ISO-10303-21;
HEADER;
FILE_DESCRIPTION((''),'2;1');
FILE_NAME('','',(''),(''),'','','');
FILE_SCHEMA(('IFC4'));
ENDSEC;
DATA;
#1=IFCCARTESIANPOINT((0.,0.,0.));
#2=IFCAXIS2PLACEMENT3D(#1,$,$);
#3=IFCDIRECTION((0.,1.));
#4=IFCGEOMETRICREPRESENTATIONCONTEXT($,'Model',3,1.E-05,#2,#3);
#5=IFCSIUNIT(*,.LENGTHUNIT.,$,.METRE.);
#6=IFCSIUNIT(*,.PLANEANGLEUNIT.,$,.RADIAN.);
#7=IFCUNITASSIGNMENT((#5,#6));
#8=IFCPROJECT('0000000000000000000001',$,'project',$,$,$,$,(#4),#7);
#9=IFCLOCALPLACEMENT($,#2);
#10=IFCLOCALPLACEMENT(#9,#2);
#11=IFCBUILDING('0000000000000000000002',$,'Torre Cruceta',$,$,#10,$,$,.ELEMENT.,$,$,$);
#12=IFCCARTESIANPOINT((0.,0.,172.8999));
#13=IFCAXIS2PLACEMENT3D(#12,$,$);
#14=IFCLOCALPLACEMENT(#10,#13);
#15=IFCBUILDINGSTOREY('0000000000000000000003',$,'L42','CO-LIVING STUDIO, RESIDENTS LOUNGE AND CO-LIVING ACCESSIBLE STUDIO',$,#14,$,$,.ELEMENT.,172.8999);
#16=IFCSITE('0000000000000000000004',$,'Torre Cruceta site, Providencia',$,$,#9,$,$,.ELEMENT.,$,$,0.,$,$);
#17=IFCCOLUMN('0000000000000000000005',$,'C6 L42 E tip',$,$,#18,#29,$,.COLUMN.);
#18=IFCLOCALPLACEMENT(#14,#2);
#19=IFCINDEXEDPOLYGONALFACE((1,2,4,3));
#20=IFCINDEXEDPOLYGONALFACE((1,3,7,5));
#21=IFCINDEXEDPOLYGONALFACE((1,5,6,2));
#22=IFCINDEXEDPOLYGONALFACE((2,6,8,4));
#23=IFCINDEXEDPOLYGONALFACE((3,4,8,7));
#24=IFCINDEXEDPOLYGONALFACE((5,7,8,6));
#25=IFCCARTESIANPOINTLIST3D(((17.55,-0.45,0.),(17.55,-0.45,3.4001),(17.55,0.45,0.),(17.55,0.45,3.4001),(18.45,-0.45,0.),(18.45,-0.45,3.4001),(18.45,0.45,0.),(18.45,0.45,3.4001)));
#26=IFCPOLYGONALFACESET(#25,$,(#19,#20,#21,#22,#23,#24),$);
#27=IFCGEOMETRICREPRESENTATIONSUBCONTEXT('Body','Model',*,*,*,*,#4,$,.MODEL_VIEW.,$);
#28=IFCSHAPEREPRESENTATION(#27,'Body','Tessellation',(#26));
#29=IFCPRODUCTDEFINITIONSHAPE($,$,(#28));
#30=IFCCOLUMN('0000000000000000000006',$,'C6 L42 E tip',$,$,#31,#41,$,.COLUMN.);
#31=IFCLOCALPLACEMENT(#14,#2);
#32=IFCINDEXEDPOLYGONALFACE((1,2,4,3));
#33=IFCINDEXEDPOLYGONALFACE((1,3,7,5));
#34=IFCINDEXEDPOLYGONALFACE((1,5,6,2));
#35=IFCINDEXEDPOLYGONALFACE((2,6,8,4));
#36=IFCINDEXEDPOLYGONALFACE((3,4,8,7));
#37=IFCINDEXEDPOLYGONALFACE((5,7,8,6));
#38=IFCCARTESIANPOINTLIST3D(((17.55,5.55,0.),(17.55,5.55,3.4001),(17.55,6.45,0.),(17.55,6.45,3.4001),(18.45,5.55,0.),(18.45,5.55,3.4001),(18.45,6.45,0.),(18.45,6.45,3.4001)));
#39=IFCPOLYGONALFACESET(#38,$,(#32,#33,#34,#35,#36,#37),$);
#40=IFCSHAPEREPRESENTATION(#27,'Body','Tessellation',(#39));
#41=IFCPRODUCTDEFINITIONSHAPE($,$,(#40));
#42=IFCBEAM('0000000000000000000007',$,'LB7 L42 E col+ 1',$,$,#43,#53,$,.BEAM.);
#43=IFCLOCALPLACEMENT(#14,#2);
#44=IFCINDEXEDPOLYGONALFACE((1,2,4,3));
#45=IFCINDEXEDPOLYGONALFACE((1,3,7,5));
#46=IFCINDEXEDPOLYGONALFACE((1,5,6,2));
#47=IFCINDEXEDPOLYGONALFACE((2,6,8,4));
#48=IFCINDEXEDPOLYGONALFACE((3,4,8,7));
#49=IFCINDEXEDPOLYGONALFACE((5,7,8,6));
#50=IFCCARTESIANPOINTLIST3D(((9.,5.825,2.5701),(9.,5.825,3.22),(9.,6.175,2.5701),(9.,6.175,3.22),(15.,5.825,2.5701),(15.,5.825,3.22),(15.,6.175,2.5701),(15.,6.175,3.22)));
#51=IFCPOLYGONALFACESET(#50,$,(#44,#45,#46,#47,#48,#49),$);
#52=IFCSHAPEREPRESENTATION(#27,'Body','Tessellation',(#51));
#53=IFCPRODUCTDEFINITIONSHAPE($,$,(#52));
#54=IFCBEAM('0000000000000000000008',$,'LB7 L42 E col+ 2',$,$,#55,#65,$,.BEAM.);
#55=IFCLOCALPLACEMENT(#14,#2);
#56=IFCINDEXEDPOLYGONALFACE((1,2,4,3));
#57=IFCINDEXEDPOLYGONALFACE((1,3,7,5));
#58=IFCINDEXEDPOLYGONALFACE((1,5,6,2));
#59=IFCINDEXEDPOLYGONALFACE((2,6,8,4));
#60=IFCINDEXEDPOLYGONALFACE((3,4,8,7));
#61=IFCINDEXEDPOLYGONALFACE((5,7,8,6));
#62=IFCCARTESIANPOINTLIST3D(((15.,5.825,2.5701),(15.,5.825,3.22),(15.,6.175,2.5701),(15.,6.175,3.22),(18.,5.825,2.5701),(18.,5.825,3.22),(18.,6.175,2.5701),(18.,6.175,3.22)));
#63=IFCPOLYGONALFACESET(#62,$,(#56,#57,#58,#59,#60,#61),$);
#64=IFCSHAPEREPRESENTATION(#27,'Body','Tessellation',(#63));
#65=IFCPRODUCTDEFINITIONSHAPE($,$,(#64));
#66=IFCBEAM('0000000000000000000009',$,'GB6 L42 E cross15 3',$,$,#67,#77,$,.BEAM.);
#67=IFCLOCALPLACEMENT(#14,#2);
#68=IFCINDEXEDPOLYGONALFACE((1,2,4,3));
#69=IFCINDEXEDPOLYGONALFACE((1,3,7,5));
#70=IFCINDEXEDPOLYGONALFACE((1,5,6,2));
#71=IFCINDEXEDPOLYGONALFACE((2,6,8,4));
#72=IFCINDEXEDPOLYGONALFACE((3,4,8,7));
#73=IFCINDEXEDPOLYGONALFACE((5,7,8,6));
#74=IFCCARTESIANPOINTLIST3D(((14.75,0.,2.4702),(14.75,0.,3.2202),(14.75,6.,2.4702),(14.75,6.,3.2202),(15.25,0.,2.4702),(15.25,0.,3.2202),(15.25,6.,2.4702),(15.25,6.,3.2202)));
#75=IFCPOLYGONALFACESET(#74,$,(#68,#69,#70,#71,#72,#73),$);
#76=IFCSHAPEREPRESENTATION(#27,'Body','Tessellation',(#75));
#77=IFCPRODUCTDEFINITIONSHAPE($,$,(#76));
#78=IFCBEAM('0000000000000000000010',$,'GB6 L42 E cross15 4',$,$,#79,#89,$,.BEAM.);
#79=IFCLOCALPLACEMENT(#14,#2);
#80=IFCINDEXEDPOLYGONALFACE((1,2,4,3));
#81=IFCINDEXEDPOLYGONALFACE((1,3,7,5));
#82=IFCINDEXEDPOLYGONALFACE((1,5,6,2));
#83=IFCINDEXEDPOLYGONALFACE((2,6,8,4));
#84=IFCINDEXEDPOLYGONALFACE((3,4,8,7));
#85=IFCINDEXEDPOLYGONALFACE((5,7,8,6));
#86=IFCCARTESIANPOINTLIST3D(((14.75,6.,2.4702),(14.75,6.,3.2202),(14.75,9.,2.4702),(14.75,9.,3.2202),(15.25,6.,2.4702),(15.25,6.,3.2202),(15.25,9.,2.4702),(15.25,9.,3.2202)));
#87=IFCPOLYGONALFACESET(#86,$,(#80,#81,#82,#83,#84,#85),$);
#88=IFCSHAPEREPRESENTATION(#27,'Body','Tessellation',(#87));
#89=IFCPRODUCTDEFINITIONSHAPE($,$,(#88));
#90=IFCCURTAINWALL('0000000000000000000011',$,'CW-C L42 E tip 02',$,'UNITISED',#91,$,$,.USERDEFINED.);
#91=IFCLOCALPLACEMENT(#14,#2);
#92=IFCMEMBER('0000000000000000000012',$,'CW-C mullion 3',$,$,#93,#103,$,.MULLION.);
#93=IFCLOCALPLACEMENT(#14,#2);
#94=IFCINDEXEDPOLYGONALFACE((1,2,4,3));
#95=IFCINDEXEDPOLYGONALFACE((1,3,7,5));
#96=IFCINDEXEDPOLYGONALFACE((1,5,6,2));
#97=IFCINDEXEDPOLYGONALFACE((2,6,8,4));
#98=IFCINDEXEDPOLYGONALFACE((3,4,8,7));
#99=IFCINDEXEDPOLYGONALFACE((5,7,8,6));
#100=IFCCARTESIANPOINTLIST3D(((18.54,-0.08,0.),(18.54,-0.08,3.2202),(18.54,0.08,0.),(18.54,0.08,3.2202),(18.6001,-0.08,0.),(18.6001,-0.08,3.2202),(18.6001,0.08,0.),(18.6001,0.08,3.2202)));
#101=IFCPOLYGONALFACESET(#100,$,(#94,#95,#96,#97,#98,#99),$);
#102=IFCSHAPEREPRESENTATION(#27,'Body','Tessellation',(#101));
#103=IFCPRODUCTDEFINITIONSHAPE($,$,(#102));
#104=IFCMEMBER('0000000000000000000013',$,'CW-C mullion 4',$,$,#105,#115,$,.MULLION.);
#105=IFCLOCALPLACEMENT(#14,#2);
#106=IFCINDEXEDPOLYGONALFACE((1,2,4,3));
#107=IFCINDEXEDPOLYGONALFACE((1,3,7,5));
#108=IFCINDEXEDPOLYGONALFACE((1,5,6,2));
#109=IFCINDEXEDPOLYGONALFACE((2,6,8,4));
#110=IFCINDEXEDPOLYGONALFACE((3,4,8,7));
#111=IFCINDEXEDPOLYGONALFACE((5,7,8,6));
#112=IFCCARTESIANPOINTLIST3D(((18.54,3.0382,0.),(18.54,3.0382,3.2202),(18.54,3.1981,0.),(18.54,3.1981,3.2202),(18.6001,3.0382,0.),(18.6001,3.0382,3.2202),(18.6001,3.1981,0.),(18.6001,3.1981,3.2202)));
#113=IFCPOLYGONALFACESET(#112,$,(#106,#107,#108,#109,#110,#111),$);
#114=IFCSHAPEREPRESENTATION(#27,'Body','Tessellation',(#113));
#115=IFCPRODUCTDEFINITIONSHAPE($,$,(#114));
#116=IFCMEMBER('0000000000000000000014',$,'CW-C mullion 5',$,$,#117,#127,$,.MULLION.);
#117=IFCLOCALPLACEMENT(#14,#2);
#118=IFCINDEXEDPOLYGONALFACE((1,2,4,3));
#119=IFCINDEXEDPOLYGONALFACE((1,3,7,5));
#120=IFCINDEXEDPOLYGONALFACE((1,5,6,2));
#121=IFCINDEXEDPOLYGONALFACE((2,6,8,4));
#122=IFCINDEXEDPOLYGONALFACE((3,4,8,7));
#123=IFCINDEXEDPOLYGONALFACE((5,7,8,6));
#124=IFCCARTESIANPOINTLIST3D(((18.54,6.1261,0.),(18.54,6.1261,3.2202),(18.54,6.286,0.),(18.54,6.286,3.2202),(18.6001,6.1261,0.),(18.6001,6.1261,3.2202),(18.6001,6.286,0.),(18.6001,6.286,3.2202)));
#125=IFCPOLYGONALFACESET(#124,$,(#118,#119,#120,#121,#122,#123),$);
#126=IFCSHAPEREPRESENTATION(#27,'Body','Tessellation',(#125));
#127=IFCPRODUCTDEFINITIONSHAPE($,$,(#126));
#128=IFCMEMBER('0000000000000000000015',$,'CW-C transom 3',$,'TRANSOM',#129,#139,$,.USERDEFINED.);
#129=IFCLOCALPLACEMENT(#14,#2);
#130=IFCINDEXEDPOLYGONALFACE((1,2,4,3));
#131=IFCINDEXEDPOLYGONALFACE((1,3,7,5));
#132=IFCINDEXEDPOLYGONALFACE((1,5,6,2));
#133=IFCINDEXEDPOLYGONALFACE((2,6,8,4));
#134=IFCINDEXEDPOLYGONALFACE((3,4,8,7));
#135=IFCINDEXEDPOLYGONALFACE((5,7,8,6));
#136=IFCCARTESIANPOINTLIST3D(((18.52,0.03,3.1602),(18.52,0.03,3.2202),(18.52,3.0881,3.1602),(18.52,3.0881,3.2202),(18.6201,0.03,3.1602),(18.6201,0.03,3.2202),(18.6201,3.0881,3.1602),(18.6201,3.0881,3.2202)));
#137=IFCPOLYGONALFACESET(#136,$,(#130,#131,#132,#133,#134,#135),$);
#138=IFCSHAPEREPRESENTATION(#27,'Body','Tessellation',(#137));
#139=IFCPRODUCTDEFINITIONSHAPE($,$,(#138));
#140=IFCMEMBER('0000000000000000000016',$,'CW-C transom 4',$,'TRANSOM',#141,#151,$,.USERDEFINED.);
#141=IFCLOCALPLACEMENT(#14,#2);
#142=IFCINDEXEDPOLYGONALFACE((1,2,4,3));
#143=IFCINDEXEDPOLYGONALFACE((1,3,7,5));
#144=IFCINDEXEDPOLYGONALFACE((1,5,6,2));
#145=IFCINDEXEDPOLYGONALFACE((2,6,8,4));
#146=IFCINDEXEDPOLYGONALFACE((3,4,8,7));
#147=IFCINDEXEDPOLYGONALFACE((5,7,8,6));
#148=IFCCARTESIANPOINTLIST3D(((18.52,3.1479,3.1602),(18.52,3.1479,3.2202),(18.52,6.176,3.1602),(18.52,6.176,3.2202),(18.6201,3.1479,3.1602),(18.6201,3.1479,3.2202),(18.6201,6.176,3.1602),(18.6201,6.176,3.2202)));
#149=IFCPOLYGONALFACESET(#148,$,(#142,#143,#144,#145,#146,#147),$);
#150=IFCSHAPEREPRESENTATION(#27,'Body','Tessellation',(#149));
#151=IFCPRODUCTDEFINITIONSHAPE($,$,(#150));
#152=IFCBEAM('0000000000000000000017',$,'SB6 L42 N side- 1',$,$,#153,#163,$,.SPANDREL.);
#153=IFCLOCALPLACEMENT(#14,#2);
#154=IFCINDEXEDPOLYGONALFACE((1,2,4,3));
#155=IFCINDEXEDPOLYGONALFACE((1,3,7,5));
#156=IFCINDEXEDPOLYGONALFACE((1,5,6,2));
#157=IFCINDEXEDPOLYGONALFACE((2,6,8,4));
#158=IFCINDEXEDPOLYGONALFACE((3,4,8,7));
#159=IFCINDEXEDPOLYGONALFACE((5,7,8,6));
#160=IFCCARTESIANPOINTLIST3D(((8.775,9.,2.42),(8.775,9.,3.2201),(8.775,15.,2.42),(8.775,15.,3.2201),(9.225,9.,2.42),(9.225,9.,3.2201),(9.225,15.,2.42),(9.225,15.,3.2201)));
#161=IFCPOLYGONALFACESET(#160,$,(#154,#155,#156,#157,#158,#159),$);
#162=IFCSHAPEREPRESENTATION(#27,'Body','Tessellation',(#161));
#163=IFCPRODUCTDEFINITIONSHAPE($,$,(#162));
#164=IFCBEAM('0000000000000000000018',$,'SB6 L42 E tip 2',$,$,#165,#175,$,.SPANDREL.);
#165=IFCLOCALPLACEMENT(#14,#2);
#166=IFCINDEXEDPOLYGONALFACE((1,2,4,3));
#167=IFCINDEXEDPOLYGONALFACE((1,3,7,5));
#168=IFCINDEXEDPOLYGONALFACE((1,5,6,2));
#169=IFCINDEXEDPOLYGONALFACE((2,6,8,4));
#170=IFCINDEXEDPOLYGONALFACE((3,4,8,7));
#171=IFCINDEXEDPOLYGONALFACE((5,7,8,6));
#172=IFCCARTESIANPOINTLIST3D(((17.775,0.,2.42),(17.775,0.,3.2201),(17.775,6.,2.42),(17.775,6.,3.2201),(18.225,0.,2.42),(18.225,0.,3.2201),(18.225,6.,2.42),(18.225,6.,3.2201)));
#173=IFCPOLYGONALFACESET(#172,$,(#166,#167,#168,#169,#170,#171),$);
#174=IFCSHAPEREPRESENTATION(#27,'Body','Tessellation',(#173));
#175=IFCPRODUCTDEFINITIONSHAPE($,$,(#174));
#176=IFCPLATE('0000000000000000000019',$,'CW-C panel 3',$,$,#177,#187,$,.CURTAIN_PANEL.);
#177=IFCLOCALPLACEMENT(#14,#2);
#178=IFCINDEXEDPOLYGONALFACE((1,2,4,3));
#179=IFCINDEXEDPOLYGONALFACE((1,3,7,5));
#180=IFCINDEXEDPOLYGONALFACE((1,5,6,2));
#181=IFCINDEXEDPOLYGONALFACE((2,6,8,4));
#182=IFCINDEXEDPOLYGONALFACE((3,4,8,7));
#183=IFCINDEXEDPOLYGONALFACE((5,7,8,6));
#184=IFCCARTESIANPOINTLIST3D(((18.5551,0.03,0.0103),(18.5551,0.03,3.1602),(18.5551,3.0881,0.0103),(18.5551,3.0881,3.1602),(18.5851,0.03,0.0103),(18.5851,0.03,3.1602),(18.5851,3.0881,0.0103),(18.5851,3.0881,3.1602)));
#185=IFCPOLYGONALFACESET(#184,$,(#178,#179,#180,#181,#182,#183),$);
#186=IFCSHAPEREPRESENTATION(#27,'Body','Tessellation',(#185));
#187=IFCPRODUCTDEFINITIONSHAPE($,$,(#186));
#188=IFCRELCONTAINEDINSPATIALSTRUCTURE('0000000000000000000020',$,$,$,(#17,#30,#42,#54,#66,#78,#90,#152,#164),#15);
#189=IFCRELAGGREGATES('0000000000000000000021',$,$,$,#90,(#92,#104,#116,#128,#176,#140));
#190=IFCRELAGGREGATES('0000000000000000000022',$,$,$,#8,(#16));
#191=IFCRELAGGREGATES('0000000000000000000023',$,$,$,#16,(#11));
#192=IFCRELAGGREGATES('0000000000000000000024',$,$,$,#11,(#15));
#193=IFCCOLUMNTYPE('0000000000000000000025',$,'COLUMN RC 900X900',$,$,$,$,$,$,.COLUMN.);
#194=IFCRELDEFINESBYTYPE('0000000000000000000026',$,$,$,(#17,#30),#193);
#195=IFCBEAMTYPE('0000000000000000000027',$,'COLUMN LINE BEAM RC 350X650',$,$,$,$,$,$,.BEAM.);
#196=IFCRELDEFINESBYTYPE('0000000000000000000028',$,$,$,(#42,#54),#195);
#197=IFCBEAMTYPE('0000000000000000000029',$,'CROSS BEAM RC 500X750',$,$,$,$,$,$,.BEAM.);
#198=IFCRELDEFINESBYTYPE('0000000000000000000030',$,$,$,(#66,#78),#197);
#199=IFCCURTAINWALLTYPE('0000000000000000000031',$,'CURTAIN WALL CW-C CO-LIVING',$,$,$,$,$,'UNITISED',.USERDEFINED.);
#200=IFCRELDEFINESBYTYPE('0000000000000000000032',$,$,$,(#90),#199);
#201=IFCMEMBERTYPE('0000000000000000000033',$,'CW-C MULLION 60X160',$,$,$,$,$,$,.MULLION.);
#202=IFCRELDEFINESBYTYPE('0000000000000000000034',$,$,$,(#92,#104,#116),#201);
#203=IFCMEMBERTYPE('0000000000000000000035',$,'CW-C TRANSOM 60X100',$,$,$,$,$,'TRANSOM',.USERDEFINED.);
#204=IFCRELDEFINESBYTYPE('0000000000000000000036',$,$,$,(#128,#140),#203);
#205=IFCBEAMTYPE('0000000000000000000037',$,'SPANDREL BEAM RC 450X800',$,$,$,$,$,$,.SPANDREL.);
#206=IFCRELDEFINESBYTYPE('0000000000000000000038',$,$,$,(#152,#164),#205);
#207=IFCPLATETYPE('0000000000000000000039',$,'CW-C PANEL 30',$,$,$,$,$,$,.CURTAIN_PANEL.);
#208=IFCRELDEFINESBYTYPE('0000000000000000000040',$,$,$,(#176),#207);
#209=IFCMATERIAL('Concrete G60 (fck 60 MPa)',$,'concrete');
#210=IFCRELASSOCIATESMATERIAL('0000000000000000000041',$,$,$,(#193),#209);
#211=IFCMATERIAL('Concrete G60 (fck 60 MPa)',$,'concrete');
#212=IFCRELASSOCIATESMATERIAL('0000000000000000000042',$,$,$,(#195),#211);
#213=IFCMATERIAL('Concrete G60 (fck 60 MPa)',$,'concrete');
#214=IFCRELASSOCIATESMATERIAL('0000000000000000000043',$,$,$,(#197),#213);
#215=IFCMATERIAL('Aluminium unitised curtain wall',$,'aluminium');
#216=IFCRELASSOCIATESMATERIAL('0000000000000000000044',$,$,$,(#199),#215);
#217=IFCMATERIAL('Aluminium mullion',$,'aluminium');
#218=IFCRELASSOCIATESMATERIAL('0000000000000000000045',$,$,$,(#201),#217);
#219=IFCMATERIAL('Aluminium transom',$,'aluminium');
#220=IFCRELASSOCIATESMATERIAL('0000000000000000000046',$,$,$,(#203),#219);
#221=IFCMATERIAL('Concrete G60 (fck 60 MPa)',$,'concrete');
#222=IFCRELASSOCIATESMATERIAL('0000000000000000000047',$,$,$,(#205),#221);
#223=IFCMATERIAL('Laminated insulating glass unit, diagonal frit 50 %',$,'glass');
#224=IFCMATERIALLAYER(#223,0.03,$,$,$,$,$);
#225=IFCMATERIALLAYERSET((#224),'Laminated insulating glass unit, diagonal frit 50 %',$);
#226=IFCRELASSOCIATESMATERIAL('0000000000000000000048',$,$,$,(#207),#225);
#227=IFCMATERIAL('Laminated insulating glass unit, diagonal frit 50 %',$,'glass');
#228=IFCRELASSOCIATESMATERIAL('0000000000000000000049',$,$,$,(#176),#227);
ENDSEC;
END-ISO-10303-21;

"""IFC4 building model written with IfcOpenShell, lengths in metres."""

from ifc_helpers import new_model, si_unit, direction, frame, origin, origin_2d, place, context, subcontext, project, spatial, rectangle, extrude, material, layer, layer_set, material_profile, profile_set, type_object, element, aggregate, save


model = new_model("IFC4")

# Units and contexts
model_context = context("Model", 3, precision=1e-05, world=origin(), true_north=direction((0.0, 1.0)))
body_context = subcontext(model_context, "Body", "Model", "MODEL_VIEW")
ifc_project = project(units=[si_unit("LENGTHUNIT", "METRE"), si_unit("PLANEANGLEUNIT", "RADIAN")], contexts=[model_context])

# Site, building, storey
site_placement = place(None, origin())
site = spatial("IfcSite", under=ifc_project, at=site_placement, Name="Torre Cruceta site, Providencia", CompositionType="ELEMENT", RefElevation=0.0)
building_placement = place(site_placement, origin())
building = spatial("IfcBuilding", under=site, at=building_placement, Name="Torre Cruceta", CompositionType="ELEMENT")
storey_placement = place(building_placement, frame((0.0, 0.0, 172.8999)))
storey = spatial("IfcBuildingStorey", under=building, at=storey_placement, Name="L42", Description="CO-LIVING STUDIO, RESIDENTS LOUNGE AND CO-LIVING ACCESSIBLE STUDIO", CompositionType="ELEMENT", Elevation=172.8999)

# Columns
ifc_material_1 = material(Name="Concrete G60 (fck 60 MPa)", Category="concrete")
ifc_material_profile_1 = material_profile(ifc_material_1, rectangle(XDim=0.8999, YDim=0.8999, at=origin_2d()), Name="RC 900X900")
ifc_profile_set_1 = profile_set([ifc_material_profile_1], Name="Concrete G60 (fck 60 MPa)")
column_type = type_object("IfcColumnType", Name="COLUMN RC 900X900", PredefinedType="COLUMN", material=ifc_profile_set_1)
for number, where, z_axis, x_axis, name in (
    (1, (18.0, 0.0, 0.0), (0.0, 0.0, 1.0), (1.0, 0.0, 0.0), "C6 L42 E tip"),
    (2, (18.0, 6.0, 0.0), (0.0, 0.0, 1.0), (1.0, 0.0, 0.0), "C6 L42 E tip"),
):
    element("IfcColumn", number, at=place(storey_placement, frame(where, z_axis=z_axis, x_axis=x_axis)), inside=storey, type_object=column_type, Name=name, PredefinedType="COLUMN", context=body_context, shape_type="SweptSolid", body=[
        extrude(rectangle(XDim=0.8999, YDim=0.8999, at=origin_2d()), origin(), (0.0, 0.0, 1.0), 3.4001),
    ])

# Beams
ifc_material_2 = material(Name="Concrete G60 (fck 60 MPa)", Category="concrete")
ifc_material_profile_2 = material_profile(ifc_material_2, rectangle(XDim=0.3501, YDim=0.6499, at=origin_2d()), Name="RC 350X650")
ifc_profile_set_2 = profile_set([ifc_material_profile_2], Name="Concrete G60 (fck 60 MPa)")
beam_type_1 = type_object("IfcBeamType", Name="COLUMN LINE BEAM RC 350X650", PredefinedType="BEAM", material=ifc_profile_set_2)
beam_1_placement = place(storey_placement, frame((9.0, 6.0, 2.895), z_axis=(1.0, 0.0, 0.0), x_axis=(0.0, 1.0, 0.0)))
element("IfcBeam", 3, at=beam_1_placement, inside=storey, type_object=beam_type_1, Name="LB7 L42 E col+ 1", PredefinedType="BEAM", context=body_context, shape_type="SweptSolid", body=[
    extrude(rectangle(XDim=0.3501, YDim=0.6499, at=origin_2d()), origin(), (0.0, 0.0, 1.0), 6.0),
])
beam_2_placement = place(storey_placement, frame((15.0, 6.0, 2.895), z_axis=(1.0, 0.0, 0.0), x_axis=(0.0, 1.0, 0.0)))
element("IfcBeam", 4, at=beam_2_placement, inside=storey, type_object=beam_type_1, Name="LB7 L42 E col+ 2", PredefinedType="BEAM", context=body_context, shape_type="SweptSolid", body=[
    extrude(rectangle(XDim=0.3501, YDim=0.6499, at=origin_2d()), origin(), (0.0, 0.0, 1.0), 3.0),
])
ifc_material_3 = material(Name="Concrete G60 (fck 60 MPa)", Category="concrete")
ifc_material_profile_3 = material_profile(ifc_material_3, rectangle(XDim=0.5, YDim=0.75, at=origin_2d()), Name="RC 500X750")
ifc_profile_set_3 = profile_set([ifc_material_profile_3], Name="Concrete G60 (fck 60 MPa)")
beam_type_2 = type_object("IfcBeamType", Name="CROSS BEAM RC 500X750", PredefinedType="BEAM", material=ifc_profile_set_3)
beam_3_placement = place(storey_placement, frame((15.0, 0.0, 2.8452), z_axis=(0.0, 1.0, 0.0), x_axis=(-1.0, 0.0, 0.0)))
element("IfcBeam", 5, at=beam_3_placement, inside=storey, type_object=beam_type_2, Name="GB6 L42 E cross15 3", PredefinedType="BEAM", context=body_context, shape_type="SweptSolid", body=[
    extrude(rectangle(XDim=0.5, YDim=0.75, at=origin_2d()), origin(), (0.0, 0.0, 1.0), 6.0),
])
beam_4_placement = place(storey_placement, frame((15.0, 6.0, 2.8452), z_axis=(0.0, 1.0, 0.0), x_axis=(-1.0, 0.0, 0.0)))
element("IfcBeam", 6, at=beam_4_placement, inside=storey, type_object=beam_type_2, Name="GB6 L42 E cross15 4", PredefinedType="BEAM", context=body_context, shape_type="SweptSolid", body=[
    extrude(rectangle(XDim=0.5, YDim=0.75, at=origin_2d()), origin(), (0.0, 0.0, 1.0), 3.0),
])

# Curtain wall, members
ifc_material_4 = material(Name="Aluminium unitised curtain wall", Category="aluminium")
curtain_wall_type = type_object("IfcCurtainWallType", Name="CURTAIN WALL CW-C CO-LIVING", ElementType="UNITISED", PredefinedType="USERDEFINED", material=ifc_material_4)
curtain_wall_placement = place(storey_placement, origin())
curtain_wall = element("IfcCurtainWall", 7, at=curtain_wall_placement, inside=storey, type_object=curtain_wall_type, Name="CW-C L42 E tip 02", ObjectType="UNITISED", PredefinedType="USERDEFINED")
ifc_material_5 = material(Name="Aluminium mullion", Category="aluminium")
ifc_material_profile_4 = material_profile(ifc_material_5, rectangle(XDim=0.0601, YDim=0.1599, at=origin_2d()), Name="AL 60X160")
ifc_profile_set_4 = profile_set([ifc_material_profile_4], Name="Aluminium mullion")
member_type_1 = type_object("IfcMemberType", Name="CW-C MULLION 60X160", PredefinedType="MULLION", material=ifc_profile_set_4)
member_1_placement = place(storey_placement, frame((18.5701, 0.0, 0.0), z_axis=(0.0, 0.0, 1.0), x_axis=(-1.0, 0.0, 0.0)))
member_1 = element("IfcMember", 8, at=member_1_placement, type_object=member_type_1, Name="CW-C mullion 3", PredefinedType="MULLION", context=body_context, shape_type="SweptSolid", body=[
    extrude(rectangle(XDim=0.0601, YDim=0.1599, at=origin_2d()), origin(), (0.0, 0.0, 1.0), 3.2202),
])
member_2_placement = place(storey_placement, frame((18.5701, 3.1182, 0.0), z_axis=(0.0, 0.0, 1.0), x_axis=(-1.0, 0.0, 0.0)))
member_2 = element("IfcMember", 9, at=member_2_placement, type_object=member_type_1, Name="CW-C mullion 4", PredefinedType="MULLION", context=body_context, shape_type="SweptSolid", body=[
    extrude(rectangle(XDim=0.0601, YDim=0.1599, at=origin_2d()), origin(), (0.0, 0.0, 1.0), 3.2202),
])
member_3_placement = place(storey_placement, frame((18.5701, 6.2061, 0.0), z_axis=(0.0, 0.0, 1.0), x_axis=(-1.0, 0.0, 0.0)))
member_3 = element("IfcMember", 10, at=member_3_placement, type_object=member_type_1, Name="CW-C mullion 5", PredefinedType="MULLION", context=body_context, shape_type="SweptSolid", body=[
    extrude(rectangle(XDim=0.0601, YDim=0.1599, at=origin_2d()), origin(), (0.0, 0.0, 1.0), 3.2202),
])
ifc_material_6 = material(Name="Aluminium transom", Category="aluminium")
ifc_material_profile_5 = material_profile(ifc_material_6, rectangle(XDim=0.1001, YDim=0.0601, at=origin_2d()), Name="AL 100X60")
ifc_profile_set_5 = profile_set([ifc_material_profile_5], Name="Aluminium transom")
member_type_2 = type_object("IfcMemberType", Name="CW-C TRANSOM 60X100", ElementType="TRANSOM", PredefinedType="USERDEFINED", material=ifc_profile_set_5)
member_4_placement = place(storey_placement, frame((18.5701, 0.03, 3.1902), z_axis=(0.0, 1.0, 0.0), x_axis=(-1.0, 0.0, 0.0)))
member_4 = element("IfcMember", 11, at=member_4_placement, type_object=member_type_2, Name="CW-C transom 3", ObjectType="TRANSOM", PredefinedType="USERDEFINED", context=body_context, shape_type="SweptSolid", body=[
    extrude(rectangle(XDim=0.1001, YDim=0.0601, at=origin_2d()), origin(), (0.0, 0.0, 1.0), 3.0581),
])
member_5_placement = place(storey_placement, frame((18.5701, 3.1479, 3.1902), z_axis=(0.0, 1.0, 0.0), x_axis=(-1.0, 0.0, 0.0)))
member_5 = element("IfcMember", 12, at=member_5_placement, type_object=member_type_2, Name="CW-C transom 4", ObjectType="TRANSOM", PredefinedType="USERDEFINED", context=body_context, shape_type="SweptSolid", body=[
    extrude(rectangle(XDim=0.1001, YDim=0.0601, at=origin_2d()), origin(), (0.0, 0.0, 1.0), 3.0281),
])

# Beams
ifc_material_7 = material(Name="Concrete G60 (fck 60 MPa)", Category="concrete")
ifc_material_profile_6 = material_profile(ifc_material_7, rectangle(XDim=0.45, YDim=0.8, at=origin_2d()), Name="RC 450X800")
ifc_profile_set_6 = profile_set([ifc_material_profile_6], Name="Concrete G60 (fck 60 MPa)")
beam_type_3 = type_object("IfcBeamType", Name="SPANDREL BEAM RC 450X800", PredefinedType="SPANDREL", material=ifc_profile_set_6)
for number, where, z_axis, x_axis, name in (
    (13, (9.0, 9.0, 2.8201), (0.0, 1.0, 0.0), (-1.0, 0.0, 0.0), "SB6 L42 N side- 1"),
    (14, (18.0, 0.0, 2.8201), (0.0, 1.0, 0.0), (-1.0, 0.0, 0.0), "SB6 L42 E tip 2"),
):
    element("IfcBeam", number, at=place(storey_placement, frame(where, z_axis=z_axis, x_axis=x_axis)), inside=storey, type_object=beam_type_3, Name=name, PredefinedType="SPANDREL", context=body_context, shape_type="SweptSolid", body=[
        extrude(rectangle(XDim=0.45, YDim=0.8, at=origin_2d()), origin(), (0.0, 0.0, 1.0), 6.0),
    ])

# Plate
ifc_material_8 = material(Name="Laminated insulating glass unit, diagonal frit 50 %", Category="glass")
ifc_material_9 = material(Name="Laminated insulating glass unit, diagonal frit 50 %", Category="glass")
ifc_layer_1 = layer(ifc_material_9, 0.03)
ifc_layer_set_1 = layer_set([ifc_layer_1], Name="Laminated insulating glass unit, diagonal frit 50 %")
plate_type = type_object("IfcPlateType", Name="CW-C PANEL 30", PredefinedType="CURTAIN_PANEL", material=ifc_layer_set_1)
plate_1_placement = place(storey_placement, frame((18.5701, 1.5591, 0.0103), z_axis=(0.0, 0.0, 1.0), x_axis=(0.0, 1.0, 0.0)))
plate_1 = element("IfcPlate", 15, at=plate_1_placement, type_object=plate_type, material=ifc_material_8, Name="CW-C panel 3", PredefinedType="CURTAIN_PANEL", context=body_context, shape_type="SweptSolid", body=[
    extrude(rectangle(XDim=3.0581, YDim=0.03, at=origin_2d()), origin(), (0.0, 0.0, 1.0), 3.1499),
])
aggregate(curtain_wall, [member_1, member_2, member_3, member_4, plate_1, member_5])

save(model, "model.ifc")
